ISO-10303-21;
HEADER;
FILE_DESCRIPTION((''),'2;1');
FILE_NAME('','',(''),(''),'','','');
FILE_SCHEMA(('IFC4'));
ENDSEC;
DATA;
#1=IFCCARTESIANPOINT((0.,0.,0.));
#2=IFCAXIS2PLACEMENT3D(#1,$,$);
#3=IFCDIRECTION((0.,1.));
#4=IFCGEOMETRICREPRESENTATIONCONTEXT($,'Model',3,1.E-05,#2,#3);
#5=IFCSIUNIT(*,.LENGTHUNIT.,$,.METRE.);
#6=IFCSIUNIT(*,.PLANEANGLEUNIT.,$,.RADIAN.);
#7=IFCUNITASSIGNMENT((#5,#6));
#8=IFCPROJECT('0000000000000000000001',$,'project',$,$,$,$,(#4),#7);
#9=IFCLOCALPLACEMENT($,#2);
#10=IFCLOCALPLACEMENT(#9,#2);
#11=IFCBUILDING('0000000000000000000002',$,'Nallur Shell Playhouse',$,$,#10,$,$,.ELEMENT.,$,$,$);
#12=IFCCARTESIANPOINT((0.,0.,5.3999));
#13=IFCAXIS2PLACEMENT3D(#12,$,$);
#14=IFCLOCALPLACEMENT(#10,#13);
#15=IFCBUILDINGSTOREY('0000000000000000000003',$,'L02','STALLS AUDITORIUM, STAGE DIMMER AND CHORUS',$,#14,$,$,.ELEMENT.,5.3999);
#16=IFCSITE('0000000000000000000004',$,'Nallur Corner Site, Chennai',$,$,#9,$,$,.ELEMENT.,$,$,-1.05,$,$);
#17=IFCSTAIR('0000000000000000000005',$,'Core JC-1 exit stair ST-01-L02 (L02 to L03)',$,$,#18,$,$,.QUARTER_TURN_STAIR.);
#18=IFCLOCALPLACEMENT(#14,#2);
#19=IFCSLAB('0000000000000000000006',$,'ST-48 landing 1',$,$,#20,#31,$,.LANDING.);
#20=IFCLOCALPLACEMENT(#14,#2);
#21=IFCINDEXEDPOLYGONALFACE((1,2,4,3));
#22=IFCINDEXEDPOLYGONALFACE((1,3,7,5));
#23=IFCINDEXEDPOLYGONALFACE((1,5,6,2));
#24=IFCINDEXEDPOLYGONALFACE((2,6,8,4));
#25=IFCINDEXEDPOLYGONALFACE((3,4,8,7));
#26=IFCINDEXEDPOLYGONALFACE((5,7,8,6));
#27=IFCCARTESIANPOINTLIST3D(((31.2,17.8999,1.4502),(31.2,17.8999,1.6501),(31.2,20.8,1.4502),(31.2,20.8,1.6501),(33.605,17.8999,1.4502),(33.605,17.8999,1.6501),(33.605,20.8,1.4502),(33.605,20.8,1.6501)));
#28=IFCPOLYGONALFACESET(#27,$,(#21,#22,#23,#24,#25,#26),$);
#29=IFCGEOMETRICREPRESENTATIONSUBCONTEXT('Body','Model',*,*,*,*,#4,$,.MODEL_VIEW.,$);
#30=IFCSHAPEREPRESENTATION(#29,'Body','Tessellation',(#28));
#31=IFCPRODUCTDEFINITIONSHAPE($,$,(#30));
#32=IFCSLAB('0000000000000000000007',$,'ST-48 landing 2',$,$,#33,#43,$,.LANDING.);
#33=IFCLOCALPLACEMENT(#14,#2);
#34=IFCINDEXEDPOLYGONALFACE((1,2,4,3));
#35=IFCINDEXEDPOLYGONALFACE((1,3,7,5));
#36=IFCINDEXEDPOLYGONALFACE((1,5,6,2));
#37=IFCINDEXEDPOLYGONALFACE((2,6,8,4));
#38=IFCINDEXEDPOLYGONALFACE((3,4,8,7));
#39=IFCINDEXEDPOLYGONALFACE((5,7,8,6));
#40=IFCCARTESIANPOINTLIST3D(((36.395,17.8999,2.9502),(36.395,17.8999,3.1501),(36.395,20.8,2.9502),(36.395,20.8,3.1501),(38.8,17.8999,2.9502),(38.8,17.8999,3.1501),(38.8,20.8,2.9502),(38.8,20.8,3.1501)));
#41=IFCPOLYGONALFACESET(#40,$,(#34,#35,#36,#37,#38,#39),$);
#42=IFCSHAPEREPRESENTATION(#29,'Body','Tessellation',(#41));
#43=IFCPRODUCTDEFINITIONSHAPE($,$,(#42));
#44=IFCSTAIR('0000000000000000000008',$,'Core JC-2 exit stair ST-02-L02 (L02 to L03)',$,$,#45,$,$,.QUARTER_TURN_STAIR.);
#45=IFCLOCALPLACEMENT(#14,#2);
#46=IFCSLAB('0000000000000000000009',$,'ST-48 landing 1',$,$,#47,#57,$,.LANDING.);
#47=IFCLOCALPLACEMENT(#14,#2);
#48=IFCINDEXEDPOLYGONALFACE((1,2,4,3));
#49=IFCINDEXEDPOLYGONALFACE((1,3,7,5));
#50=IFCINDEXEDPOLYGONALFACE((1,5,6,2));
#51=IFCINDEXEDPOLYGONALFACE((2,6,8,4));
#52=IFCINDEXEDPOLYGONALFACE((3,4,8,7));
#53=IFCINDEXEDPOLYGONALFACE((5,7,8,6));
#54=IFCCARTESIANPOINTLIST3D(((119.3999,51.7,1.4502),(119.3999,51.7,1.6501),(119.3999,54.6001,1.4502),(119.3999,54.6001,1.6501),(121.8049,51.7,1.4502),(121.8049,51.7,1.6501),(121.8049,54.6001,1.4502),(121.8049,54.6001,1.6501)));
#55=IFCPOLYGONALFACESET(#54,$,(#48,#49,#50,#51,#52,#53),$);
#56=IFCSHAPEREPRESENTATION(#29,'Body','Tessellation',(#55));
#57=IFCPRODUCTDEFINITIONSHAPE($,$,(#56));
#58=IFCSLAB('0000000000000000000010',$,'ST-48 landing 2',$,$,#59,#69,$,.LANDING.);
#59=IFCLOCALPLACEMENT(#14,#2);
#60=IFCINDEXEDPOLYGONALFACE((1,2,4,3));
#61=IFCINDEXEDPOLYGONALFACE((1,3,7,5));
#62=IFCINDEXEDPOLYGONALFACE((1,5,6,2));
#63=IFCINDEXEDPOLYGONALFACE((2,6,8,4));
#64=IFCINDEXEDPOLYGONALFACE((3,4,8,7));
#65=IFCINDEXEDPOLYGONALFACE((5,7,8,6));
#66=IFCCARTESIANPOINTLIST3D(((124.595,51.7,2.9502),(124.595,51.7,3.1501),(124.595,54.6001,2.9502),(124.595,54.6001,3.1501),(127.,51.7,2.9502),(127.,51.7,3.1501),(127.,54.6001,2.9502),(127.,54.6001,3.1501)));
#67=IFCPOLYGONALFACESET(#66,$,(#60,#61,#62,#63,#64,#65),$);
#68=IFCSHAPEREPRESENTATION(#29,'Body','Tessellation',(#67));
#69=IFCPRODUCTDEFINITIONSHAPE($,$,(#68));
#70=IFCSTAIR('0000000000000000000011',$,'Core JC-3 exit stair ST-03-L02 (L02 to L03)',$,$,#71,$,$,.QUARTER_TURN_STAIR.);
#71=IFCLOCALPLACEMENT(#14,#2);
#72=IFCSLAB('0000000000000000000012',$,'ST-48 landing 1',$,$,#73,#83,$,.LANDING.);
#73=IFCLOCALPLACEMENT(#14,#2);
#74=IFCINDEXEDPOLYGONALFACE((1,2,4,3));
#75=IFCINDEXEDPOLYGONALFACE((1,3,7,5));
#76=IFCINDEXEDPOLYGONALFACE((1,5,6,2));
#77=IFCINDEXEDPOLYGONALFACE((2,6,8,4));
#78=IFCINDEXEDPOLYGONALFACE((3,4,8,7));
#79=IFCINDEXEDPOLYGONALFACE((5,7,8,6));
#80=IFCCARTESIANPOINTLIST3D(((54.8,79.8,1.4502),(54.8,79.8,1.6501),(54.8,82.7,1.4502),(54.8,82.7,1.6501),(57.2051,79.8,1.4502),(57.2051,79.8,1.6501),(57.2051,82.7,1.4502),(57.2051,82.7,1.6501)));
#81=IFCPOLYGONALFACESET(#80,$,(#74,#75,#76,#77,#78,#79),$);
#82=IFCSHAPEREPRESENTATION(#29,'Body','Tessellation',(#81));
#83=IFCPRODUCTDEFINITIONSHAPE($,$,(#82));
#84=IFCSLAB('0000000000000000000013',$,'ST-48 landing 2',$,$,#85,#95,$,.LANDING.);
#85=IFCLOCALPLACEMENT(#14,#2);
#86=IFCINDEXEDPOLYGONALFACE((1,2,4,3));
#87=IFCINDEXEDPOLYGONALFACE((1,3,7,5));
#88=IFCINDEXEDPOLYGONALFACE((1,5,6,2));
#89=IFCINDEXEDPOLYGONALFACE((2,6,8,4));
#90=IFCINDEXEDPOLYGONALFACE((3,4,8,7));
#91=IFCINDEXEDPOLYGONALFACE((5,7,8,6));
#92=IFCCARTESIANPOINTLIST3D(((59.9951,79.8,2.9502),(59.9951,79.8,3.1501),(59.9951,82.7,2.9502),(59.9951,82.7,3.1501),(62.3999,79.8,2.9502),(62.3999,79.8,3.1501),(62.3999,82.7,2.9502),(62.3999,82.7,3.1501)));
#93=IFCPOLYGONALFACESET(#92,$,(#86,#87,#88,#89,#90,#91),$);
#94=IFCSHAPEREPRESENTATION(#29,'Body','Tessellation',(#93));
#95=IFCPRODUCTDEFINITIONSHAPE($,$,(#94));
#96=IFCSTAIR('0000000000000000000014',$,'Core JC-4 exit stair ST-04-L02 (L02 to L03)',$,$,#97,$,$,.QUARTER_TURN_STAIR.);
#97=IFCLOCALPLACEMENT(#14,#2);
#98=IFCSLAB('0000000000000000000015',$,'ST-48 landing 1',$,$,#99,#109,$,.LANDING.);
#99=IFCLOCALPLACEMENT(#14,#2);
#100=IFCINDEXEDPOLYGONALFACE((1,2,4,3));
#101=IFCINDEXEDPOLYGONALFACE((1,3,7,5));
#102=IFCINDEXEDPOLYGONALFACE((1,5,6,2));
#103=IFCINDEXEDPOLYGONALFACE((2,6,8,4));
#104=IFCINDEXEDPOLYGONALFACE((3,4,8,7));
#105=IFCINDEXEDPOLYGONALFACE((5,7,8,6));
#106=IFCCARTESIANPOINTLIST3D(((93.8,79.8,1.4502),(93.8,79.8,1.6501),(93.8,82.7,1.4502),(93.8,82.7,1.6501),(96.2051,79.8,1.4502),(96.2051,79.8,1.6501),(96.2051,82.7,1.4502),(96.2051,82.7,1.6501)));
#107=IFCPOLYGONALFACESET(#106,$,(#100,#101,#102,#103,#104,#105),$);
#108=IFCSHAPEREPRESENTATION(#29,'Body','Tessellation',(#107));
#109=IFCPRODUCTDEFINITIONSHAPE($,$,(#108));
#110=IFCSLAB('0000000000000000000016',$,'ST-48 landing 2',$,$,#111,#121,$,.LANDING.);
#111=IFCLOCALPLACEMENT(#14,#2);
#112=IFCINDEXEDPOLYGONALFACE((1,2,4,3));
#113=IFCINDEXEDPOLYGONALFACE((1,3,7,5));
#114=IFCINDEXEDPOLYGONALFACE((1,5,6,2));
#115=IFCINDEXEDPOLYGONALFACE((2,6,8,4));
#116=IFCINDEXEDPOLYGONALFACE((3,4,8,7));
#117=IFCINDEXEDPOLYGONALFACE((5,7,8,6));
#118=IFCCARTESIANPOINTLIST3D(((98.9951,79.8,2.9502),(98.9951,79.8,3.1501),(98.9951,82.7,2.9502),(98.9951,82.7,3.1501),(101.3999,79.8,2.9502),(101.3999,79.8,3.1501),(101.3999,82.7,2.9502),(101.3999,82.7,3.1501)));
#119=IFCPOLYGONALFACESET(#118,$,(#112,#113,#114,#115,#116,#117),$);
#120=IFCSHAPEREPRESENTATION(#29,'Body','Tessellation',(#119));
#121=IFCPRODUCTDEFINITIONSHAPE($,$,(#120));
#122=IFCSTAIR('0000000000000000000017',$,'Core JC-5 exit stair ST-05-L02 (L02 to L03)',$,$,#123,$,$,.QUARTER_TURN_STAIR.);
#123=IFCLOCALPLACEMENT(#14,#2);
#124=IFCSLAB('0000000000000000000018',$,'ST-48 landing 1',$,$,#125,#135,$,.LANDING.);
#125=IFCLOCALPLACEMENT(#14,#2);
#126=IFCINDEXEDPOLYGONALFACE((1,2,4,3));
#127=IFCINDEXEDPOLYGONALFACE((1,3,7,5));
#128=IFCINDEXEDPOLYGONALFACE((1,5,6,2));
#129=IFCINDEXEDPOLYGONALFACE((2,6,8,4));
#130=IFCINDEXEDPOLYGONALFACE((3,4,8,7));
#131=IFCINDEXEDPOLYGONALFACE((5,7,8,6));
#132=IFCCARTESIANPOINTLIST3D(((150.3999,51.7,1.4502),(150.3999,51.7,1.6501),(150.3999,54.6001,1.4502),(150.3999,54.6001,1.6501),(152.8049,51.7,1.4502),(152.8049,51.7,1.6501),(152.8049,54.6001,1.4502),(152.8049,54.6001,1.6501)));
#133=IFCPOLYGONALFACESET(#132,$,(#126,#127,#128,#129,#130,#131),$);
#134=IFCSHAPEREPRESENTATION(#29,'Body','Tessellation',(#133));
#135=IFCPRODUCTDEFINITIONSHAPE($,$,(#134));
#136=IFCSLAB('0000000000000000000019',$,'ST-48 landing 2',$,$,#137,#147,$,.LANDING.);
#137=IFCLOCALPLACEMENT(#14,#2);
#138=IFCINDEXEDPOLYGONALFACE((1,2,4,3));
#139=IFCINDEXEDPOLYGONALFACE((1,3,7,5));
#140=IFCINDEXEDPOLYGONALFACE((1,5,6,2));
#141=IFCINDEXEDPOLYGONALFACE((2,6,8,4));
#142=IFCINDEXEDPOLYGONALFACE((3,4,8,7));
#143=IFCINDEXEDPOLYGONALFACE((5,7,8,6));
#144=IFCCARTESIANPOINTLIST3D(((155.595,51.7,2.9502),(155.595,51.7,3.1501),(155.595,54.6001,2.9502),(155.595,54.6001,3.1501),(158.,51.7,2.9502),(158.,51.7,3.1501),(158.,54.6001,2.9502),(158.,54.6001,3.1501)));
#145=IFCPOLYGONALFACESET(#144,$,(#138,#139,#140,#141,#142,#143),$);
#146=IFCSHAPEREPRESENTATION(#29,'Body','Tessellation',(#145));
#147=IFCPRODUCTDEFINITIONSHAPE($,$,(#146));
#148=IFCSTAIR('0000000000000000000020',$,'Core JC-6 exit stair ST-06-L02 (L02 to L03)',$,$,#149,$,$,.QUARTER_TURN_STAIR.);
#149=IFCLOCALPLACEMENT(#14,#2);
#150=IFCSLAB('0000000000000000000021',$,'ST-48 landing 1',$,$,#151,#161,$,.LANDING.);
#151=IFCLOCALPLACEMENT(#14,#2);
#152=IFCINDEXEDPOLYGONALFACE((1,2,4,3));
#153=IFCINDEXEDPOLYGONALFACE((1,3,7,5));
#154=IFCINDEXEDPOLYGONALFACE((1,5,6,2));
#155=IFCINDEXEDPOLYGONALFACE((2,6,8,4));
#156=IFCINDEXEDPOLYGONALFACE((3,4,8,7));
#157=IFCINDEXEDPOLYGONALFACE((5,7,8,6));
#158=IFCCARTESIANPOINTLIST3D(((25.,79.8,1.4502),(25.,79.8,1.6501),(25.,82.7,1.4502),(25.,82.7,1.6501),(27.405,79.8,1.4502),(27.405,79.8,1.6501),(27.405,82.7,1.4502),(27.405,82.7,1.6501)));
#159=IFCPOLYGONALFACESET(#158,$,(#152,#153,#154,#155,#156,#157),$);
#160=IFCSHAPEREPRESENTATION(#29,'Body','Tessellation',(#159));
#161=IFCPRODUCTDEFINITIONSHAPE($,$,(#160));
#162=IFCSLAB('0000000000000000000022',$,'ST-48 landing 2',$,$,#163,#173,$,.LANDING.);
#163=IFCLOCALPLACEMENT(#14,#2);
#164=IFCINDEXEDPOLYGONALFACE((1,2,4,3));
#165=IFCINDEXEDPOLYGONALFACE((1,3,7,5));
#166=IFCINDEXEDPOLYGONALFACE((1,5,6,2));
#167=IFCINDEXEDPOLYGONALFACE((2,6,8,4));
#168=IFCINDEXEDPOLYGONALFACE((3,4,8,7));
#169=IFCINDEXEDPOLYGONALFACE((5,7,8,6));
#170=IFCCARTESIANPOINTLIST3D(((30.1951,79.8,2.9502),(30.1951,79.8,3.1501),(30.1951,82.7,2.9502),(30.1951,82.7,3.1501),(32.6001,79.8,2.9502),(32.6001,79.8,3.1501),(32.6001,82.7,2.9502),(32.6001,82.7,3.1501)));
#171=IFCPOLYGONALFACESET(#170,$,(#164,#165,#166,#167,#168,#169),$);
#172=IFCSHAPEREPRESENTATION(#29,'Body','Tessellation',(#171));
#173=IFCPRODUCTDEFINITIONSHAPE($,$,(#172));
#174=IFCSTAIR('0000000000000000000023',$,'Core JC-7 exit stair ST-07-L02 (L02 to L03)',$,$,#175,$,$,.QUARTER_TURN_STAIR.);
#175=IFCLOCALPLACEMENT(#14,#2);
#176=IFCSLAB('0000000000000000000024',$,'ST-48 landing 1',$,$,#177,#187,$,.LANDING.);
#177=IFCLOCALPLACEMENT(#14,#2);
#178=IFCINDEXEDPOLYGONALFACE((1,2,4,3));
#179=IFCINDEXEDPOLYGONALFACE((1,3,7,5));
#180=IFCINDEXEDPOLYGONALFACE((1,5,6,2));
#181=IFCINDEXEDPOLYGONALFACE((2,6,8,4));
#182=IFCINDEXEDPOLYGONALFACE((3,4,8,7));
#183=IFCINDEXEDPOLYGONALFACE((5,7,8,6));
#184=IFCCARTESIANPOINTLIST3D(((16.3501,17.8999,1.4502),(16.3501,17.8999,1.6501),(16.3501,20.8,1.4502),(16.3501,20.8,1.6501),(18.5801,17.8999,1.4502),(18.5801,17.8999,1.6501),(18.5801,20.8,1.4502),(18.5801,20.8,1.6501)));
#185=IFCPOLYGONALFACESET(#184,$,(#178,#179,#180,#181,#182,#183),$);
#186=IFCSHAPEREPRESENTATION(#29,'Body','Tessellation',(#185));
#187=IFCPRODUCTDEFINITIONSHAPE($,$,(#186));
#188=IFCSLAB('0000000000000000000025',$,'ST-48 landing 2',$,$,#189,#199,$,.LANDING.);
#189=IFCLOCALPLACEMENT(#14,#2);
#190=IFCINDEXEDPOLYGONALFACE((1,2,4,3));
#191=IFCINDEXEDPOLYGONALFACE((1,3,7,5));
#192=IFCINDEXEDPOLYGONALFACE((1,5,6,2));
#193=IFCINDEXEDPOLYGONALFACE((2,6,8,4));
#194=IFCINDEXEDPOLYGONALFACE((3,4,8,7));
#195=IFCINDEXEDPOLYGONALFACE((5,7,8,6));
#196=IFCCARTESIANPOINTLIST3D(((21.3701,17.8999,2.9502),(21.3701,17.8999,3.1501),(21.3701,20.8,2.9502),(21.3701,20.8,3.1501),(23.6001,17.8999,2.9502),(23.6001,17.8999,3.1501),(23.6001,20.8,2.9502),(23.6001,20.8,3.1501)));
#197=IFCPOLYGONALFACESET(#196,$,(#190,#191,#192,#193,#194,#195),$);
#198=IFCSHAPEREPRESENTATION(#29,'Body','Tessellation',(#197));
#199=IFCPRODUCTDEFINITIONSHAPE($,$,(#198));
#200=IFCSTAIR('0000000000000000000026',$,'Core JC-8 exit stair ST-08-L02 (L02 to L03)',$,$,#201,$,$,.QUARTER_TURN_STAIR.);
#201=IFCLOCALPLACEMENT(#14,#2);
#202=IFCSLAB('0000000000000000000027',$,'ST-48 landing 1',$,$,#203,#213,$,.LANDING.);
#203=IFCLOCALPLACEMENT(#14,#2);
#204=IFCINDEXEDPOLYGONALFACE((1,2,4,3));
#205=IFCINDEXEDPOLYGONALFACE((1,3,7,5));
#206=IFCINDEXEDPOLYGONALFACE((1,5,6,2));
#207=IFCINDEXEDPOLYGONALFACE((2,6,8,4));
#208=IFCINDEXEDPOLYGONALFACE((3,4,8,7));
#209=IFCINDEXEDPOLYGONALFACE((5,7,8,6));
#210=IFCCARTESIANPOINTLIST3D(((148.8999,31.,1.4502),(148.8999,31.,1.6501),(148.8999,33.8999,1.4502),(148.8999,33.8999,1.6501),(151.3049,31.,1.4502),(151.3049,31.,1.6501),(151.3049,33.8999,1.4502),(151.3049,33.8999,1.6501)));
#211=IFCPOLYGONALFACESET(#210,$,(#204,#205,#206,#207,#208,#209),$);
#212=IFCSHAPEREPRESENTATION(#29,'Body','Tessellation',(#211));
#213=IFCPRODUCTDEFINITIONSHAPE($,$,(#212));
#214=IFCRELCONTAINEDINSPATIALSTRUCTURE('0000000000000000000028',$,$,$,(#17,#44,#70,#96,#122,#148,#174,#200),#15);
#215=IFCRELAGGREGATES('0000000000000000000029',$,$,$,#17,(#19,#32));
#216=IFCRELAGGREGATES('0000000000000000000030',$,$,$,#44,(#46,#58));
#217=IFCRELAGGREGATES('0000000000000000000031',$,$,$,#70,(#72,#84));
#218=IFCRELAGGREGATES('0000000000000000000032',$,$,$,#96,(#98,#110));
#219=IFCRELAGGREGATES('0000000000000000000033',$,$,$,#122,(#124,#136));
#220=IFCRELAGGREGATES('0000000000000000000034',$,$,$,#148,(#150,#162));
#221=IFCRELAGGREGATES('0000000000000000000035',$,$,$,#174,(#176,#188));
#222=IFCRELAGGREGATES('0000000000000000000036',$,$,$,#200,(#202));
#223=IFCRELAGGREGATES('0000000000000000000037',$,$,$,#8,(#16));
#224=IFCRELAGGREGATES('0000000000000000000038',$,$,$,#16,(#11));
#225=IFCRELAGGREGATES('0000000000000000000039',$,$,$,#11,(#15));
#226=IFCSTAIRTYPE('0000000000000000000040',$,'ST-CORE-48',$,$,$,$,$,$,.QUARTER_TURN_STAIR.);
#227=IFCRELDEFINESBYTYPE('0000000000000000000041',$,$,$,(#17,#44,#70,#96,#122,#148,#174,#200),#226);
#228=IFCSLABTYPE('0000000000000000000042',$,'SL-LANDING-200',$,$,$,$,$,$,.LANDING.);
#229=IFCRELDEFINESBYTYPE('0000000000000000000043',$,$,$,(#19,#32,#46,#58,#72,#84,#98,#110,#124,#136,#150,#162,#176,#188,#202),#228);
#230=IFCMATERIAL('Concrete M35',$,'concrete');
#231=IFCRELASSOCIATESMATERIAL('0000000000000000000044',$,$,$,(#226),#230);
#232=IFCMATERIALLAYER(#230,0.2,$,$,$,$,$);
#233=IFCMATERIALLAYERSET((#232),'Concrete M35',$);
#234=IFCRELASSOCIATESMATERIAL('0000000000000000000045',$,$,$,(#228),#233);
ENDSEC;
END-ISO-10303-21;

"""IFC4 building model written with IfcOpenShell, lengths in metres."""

from ifc_helpers import new_model, si_unit, direction, frame, origin, place, context, subcontext, project, spatial, polyline, outline, extrude, material, layer, layer_set, type_object, element, aggregate, save


model = new_model("IFC4")

# Units and contexts
model_context = context("Model", 3, precision=1e-05, world=origin(), true_north=direction((0.0, 1.0)))
body_context = subcontext(model_context, "Body", "Model", "MODEL_VIEW")
ifc_project = project(units=[si_unit("LENGTHUNIT", "METRE"), si_unit("PLANEANGLEUNIT", "RADIAN")], contexts=[model_context])

# Site, building, storey
site_placement = place(None, origin())
site = spatial("IfcSite", under=ifc_project, at=site_placement, Name="Nallur Corner Site, Chennai", CompositionType="ELEMENT", RefElevation=-1.05)
building_placement = place(site_placement, origin())
building = spatial("IfcBuilding", under=site, at=building_placement, Name="Nallur Shell Playhouse", CompositionType="ELEMENT")
storey_placement = place(building_placement, frame((0.0, 0.0, 5.3999)))
storey = spatial("IfcBuildingStorey", under=building, at=storey_placement, Name="L02", Description="STALLS AUDITORIUM, STAGE DIMMER AND CHORUS", CompositionType="ELEMENT", Elevation=5.3999)

# Stairs, slabs
ifc_material_1 = material(Name="Concrete M35", Category="concrete")
stair_type = type_object("IfcStairType", Name="ST-CORE-48", PredefinedType="QUARTER_TURN_STAIR", material=ifc_material_1)
stair_1_placement = place(storey_placement, origin())
stair_1 = element("IfcStair", 1, at=stair_1_placement, inside=storey, type_object=stair_type, Name="Core JC-1 exit stair ST-01-L02 (L02 to L03)", PredefinedType="QUARTER_TURN_STAIR")
ifc_layer_1 = layer(ifc_material_1, 0.2)
ifc_layer_set_1 = layer_set([ifc_layer_1], Name="Concrete M35")
slab_type_1 = type_object("IfcSlabType", Name="SL-LANDING-200", PredefinedType="LANDING", material=ifc_layer_set_1)
slab_1_placement = place(storey_placement, frame((0.0, 0.0, 1.4502)))
slab_1 = element("IfcSlab", 2, at=slab_1_placement, type_object=slab_type_1, Name="ST-48 landing 1", PredefinedType="LANDING", context=body_context, shape_type="SweptSolid", body=[
    extrude(outline(polyline([(31.2, 17.8999), (33.605, 17.8999), (33.605, 20.8), (31.2, 20.8), (31.2, 17.8999)])), origin(), (0.0, 0.0, 1.0), 0.2),
])
slab_2_placement = place(storey_placement, frame((0.0, 0.0, 2.9502)))
slab_2 = element("IfcSlab", 3, at=slab_2_placement, type_object=slab_type_1, Name="ST-48 landing 2", PredefinedType="LANDING", context=body_context, shape_type="SweptSolid", body=[
    extrude(outline(polyline([(36.395, 17.8999), (38.8, 17.8999), (38.8, 20.8), (36.395, 20.8), (36.395, 17.8999)])), origin(), (0.0, 0.0, 1.0), 0.2),
])
aggregate(stair_1, [slab_1, slab_2])
stair_2_placement = place(storey_placement, origin())
stair_2 = element("IfcStair", 4, at=stair_2_placement, inside=storey, type_object=stair_type, Name="Core JC-2 exit stair ST-02-L02 (L02 to L03)", PredefinedType="QUARTER_TURN_STAIR")
slab_3_placement = place(storey_placement, frame((0.0, 0.0, 1.4502)))
slab_3 = element("IfcSlab", 5, at=slab_3_placement, type_object=slab_type_1, Name="ST-48 landing 1", PredefinedType="LANDING", context=body_context, shape_type="SweptSolid", body=[
    extrude(outline(polyline([(119.3999, 51.7), (121.8049, 51.7), (121.8049, 54.6001), (119.3999, 54.6001), (119.3999, 51.7)])), origin(), (0.0, 0.0, 1.0), 0.2),
])
slab_4_placement = place(storey_placement, frame((0.0, 0.0, 2.9502)))
slab_4 = element("IfcSlab", 6, at=slab_4_placement, type_object=slab_type_1, Name="ST-48 landing 2", PredefinedType="LANDING", context=body_context, shape_type="SweptSolid", body=[
    extrude(outline(polyline([(124.595, 51.7), (127.0, 51.7), (127.0, 54.6001), (124.595, 54.6001), (124.595, 51.7)])), origin(), (0.0, 0.0, 1.0), 0.2),
])
aggregate(stair_2, [slab_3, slab_4])
stair_3_placement = place(storey_placement, origin())
stair_3 = element("IfcStair", 7, at=stair_3_placement, inside=storey, type_object=stair_type, Name="Core JC-3 exit stair ST-03-L02 (L02 to L03)", PredefinedType="QUARTER_TURN_STAIR")
slab_5_placement = place(storey_placement, frame((0.0, 0.0, 1.4502)))
slab_5 = element("IfcSlab", 8, at=slab_5_placement, type_object=slab_type_1, Name="ST-48 landing 1", PredefinedType="LANDING", context=body_context, shape_type="SweptSolid", body=[
    extrude(outline(polyline([(54.8, 79.8), (57.2051, 79.8), (57.2051, 82.7), (54.8, 82.7), (54.8, 79.8)])), origin(), (0.0, 0.0, 1.0), 0.2),
])
slab_6_placement = place(storey_placement, frame((0.0, 0.0, 2.9502)))
slab_6 = element("IfcSlab", 9, at=slab_6_placement, type_object=slab_type_1, Name="ST-48 landing 2", PredefinedType="LANDING", context=body_context, shape_type="SweptSolid", body=[
    extrude(outline(polyline([(59.9951, 79.8), (62.3999, 79.8), (62.3999, 82.7), (59.9951, 82.7), (59.9951, 79.8)])), origin(), (0.0, 0.0, 1.0), 0.2),
])
aggregate(stair_3, [slab_5, slab_6])
stair_4_placement = place(storey_placement, origin())
stair_4 = element("IfcStair", 10, at=stair_4_placement, inside=storey, type_object=stair_type, Name="Core JC-4 exit stair ST-04-L02 (L02 to L03)", PredefinedType="QUARTER_TURN_STAIR")
slab_7_placement = place(storey_placement, frame((0.0, 0.0, 1.4502)))
slab_7 = element("IfcSlab", 11, at=slab_7_placement, type_object=slab_type_1, Name="ST-48 landing 1", PredefinedType="LANDING", context=body_context, shape_type="SweptSolid", body=[
    extrude(outline(polyline([(93.8, 79.8), (96.2051, 79.8), (96.2051, 82.7), (93.8, 82.7), (93.8, 79.8)])), origin(), (0.0, 0.0, 1.0), 0.2),
])
slab_8_placement = place(storey_placement, frame((0.0, 0.0, 2.9502)))
slab_8 = element("IfcSlab", 12, at=slab_8_placement, type_object=slab_type_1, Name="ST-48 landing 2", PredefinedType="LANDING", context=body_context, shape_type="SweptSolid", body=[
    extrude(outline(polyline([(98.9951, 79.8), (101.3999, 79.8), (101.3999, 82.7), (98.9951, 82.7), (98.9951, 79.8)])), origin(), (0.0, 0.0, 1.0), 0.2),
])
aggregate(stair_4, [slab_7, slab_8])
stair_5_placement = place(storey_placement, origin())
stair_5 = element("IfcStair", 13, at=stair_5_placement, inside=storey, type_object=stair_type, Name="Core JC-5 exit stair ST-05-L02 (L02 to L03)", PredefinedType="QUARTER_TURN_STAIR")
slab_9_placement = place(storey_placement, frame((0.0, 0.0, 1.4502)))
slab_9 = element("IfcSlab", 14, at=slab_9_placement, type_object=slab_type_1, Name="ST-48 landing 1", PredefinedType="LANDING", context=body_context, shape_type="SweptSolid", body=[
    extrude(outline(polyline([(150.3999, 51.7), (152.8049, 51.7), (152.8049, 54.6001), (150.3999, 54.6001), (150.3999, 51.7)])), origin(), (0.0, 0.0, 1.0), 0.2),
])
slab_10_placement = place(storey_placement, frame((0.0, 0.0, 2.9502)))
slab_10 = element("IfcSlab", 15, at=slab_10_placement, type_object=slab_type_1, Name="ST-48 landing 2", PredefinedType="LANDING", context=body_context, shape_type="SweptSolid", body=[
    extrude(outline(polyline([(155.595, 51.7), (158.0, 51.7), (158.0, 54.6001), (155.595, 54.6001), (155.595, 51.7)])), origin(), (0.0, 0.0, 1.0), 0.2),
])
aggregate(stair_5, [slab_9, slab_10])
stair_6_placement = place(storey_placement, origin())
stair_6 = element("IfcStair", 16, at=stair_6_placement, inside=storey, type_object=stair_type, Name="Core JC-6 exit stair ST-06-L02 (L02 to L03)", PredefinedType="QUARTER_TURN_STAIR")
slab_11_placement = place(storey_placement, frame((0.0, 0.0, 1.4502)))
slab_11 = element("IfcSlab", 17, at=slab_11_placement, type_object=slab_type_1, Name="ST-48 landing 1", PredefinedType="LANDING", context=body_context, shape_type="SweptSolid", body=[
    extrude(outline(polyline([(25.0, 79.8), (27.405, 79.8), (27.405, 82.7), (25.0, 82.7), (25.0, 79.8)])), origin(), (0.0, 0.0, 1.0), 0.2),
])
slab_12_placement = place(storey_placement, frame((0.0, 0.0, 2.9502)))
slab_12 = element("IfcSlab", 18, at=slab_12_placement, type_object=slab_type_1, Name="ST-48 landing 2", PredefinedType="LANDING", context=body_context, shape_type="SweptSolid", body=[
    extrude(outline(polyline([(30.1951, 79.8), (32.6001, 79.8), (32.6001, 82.7), (30.1951, 82.7), (30.1951, 79.8)])), origin(), (0.0, 0.0, 1.0), 0.2),
])
aggregate(stair_6, [slab_11, slab_12])
stair_7_placement = place(storey_placement, origin())
stair_7 = element("IfcStair", 19, at=stair_7_placement, inside=storey, type_object=stair_type, Name="Core JC-7 exit stair ST-07-L02 (L02 to L03)", PredefinedType="QUARTER_TURN_STAIR")
slab_13_placement = place(storey_placement, frame((0.0, 0.0, 1.4502)))
slab_13 = element("IfcSlab", 20, at=slab_13_placement, type_object=slab_type_1, Name="ST-48 landing 1", PredefinedType="LANDING", context=body_context, shape_type="SweptSolid", body=[
    extrude(outline(polyline([(16.3501, 17.8999), (18.5801, 17.8999), (18.5801, 20.8), (16.3501, 20.8), (16.3501, 17.8999)])), origin(), (0.0, 0.0, 1.0), 0.2),
])
slab_14_placement = place(storey_placement, frame((0.0, 0.0, 2.9502)))
slab_14 = element("IfcSlab", 21, at=slab_14_placement, type_object=slab_type_1, Name="ST-48 landing 2", PredefinedType="LANDING", context=body_context, shape_type="SweptSolid", body=[
    extrude(outline(polyline([(21.3701, 17.8999), (23.6001, 17.8999), (23.6001, 20.8), (21.3701, 20.8), (21.3701, 17.8999)])), origin(), (0.0, 0.0, 1.0), 0.2),
])
aggregate(stair_7, [slab_13, slab_14])
stair_8_placement = place(storey_placement, origin())
stair_8 = element("IfcStair", 22, at=stair_8_placement, inside=storey, type_object=stair_type, Name="Core JC-8 exit stair ST-08-L02 (L02 to L03)", PredefinedType="QUARTER_TURN_STAIR")
slab_15_placement = place(storey_placement, frame((0.0, 0.0, 1.4502)))
slab_15 = element("IfcSlab", 23, at=slab_15_placement, type_object=slab_type_1, Name="ST-48 landing 1", PredefinedType="LANDING", context=body_context, shape_type="SweptSolid", body=[
    extrude(outline(polyline([(148.8999, 31.0), (151.3049, 31.0), (151.3049, 33.8999), (148.8999, 33.8999), (148.8999, 31.0)])), origin(), (0.0, 0.0, 1.0), 0.2),
])
aggregate(stair_8, [slab_15])

save(model, "model.ifc")
